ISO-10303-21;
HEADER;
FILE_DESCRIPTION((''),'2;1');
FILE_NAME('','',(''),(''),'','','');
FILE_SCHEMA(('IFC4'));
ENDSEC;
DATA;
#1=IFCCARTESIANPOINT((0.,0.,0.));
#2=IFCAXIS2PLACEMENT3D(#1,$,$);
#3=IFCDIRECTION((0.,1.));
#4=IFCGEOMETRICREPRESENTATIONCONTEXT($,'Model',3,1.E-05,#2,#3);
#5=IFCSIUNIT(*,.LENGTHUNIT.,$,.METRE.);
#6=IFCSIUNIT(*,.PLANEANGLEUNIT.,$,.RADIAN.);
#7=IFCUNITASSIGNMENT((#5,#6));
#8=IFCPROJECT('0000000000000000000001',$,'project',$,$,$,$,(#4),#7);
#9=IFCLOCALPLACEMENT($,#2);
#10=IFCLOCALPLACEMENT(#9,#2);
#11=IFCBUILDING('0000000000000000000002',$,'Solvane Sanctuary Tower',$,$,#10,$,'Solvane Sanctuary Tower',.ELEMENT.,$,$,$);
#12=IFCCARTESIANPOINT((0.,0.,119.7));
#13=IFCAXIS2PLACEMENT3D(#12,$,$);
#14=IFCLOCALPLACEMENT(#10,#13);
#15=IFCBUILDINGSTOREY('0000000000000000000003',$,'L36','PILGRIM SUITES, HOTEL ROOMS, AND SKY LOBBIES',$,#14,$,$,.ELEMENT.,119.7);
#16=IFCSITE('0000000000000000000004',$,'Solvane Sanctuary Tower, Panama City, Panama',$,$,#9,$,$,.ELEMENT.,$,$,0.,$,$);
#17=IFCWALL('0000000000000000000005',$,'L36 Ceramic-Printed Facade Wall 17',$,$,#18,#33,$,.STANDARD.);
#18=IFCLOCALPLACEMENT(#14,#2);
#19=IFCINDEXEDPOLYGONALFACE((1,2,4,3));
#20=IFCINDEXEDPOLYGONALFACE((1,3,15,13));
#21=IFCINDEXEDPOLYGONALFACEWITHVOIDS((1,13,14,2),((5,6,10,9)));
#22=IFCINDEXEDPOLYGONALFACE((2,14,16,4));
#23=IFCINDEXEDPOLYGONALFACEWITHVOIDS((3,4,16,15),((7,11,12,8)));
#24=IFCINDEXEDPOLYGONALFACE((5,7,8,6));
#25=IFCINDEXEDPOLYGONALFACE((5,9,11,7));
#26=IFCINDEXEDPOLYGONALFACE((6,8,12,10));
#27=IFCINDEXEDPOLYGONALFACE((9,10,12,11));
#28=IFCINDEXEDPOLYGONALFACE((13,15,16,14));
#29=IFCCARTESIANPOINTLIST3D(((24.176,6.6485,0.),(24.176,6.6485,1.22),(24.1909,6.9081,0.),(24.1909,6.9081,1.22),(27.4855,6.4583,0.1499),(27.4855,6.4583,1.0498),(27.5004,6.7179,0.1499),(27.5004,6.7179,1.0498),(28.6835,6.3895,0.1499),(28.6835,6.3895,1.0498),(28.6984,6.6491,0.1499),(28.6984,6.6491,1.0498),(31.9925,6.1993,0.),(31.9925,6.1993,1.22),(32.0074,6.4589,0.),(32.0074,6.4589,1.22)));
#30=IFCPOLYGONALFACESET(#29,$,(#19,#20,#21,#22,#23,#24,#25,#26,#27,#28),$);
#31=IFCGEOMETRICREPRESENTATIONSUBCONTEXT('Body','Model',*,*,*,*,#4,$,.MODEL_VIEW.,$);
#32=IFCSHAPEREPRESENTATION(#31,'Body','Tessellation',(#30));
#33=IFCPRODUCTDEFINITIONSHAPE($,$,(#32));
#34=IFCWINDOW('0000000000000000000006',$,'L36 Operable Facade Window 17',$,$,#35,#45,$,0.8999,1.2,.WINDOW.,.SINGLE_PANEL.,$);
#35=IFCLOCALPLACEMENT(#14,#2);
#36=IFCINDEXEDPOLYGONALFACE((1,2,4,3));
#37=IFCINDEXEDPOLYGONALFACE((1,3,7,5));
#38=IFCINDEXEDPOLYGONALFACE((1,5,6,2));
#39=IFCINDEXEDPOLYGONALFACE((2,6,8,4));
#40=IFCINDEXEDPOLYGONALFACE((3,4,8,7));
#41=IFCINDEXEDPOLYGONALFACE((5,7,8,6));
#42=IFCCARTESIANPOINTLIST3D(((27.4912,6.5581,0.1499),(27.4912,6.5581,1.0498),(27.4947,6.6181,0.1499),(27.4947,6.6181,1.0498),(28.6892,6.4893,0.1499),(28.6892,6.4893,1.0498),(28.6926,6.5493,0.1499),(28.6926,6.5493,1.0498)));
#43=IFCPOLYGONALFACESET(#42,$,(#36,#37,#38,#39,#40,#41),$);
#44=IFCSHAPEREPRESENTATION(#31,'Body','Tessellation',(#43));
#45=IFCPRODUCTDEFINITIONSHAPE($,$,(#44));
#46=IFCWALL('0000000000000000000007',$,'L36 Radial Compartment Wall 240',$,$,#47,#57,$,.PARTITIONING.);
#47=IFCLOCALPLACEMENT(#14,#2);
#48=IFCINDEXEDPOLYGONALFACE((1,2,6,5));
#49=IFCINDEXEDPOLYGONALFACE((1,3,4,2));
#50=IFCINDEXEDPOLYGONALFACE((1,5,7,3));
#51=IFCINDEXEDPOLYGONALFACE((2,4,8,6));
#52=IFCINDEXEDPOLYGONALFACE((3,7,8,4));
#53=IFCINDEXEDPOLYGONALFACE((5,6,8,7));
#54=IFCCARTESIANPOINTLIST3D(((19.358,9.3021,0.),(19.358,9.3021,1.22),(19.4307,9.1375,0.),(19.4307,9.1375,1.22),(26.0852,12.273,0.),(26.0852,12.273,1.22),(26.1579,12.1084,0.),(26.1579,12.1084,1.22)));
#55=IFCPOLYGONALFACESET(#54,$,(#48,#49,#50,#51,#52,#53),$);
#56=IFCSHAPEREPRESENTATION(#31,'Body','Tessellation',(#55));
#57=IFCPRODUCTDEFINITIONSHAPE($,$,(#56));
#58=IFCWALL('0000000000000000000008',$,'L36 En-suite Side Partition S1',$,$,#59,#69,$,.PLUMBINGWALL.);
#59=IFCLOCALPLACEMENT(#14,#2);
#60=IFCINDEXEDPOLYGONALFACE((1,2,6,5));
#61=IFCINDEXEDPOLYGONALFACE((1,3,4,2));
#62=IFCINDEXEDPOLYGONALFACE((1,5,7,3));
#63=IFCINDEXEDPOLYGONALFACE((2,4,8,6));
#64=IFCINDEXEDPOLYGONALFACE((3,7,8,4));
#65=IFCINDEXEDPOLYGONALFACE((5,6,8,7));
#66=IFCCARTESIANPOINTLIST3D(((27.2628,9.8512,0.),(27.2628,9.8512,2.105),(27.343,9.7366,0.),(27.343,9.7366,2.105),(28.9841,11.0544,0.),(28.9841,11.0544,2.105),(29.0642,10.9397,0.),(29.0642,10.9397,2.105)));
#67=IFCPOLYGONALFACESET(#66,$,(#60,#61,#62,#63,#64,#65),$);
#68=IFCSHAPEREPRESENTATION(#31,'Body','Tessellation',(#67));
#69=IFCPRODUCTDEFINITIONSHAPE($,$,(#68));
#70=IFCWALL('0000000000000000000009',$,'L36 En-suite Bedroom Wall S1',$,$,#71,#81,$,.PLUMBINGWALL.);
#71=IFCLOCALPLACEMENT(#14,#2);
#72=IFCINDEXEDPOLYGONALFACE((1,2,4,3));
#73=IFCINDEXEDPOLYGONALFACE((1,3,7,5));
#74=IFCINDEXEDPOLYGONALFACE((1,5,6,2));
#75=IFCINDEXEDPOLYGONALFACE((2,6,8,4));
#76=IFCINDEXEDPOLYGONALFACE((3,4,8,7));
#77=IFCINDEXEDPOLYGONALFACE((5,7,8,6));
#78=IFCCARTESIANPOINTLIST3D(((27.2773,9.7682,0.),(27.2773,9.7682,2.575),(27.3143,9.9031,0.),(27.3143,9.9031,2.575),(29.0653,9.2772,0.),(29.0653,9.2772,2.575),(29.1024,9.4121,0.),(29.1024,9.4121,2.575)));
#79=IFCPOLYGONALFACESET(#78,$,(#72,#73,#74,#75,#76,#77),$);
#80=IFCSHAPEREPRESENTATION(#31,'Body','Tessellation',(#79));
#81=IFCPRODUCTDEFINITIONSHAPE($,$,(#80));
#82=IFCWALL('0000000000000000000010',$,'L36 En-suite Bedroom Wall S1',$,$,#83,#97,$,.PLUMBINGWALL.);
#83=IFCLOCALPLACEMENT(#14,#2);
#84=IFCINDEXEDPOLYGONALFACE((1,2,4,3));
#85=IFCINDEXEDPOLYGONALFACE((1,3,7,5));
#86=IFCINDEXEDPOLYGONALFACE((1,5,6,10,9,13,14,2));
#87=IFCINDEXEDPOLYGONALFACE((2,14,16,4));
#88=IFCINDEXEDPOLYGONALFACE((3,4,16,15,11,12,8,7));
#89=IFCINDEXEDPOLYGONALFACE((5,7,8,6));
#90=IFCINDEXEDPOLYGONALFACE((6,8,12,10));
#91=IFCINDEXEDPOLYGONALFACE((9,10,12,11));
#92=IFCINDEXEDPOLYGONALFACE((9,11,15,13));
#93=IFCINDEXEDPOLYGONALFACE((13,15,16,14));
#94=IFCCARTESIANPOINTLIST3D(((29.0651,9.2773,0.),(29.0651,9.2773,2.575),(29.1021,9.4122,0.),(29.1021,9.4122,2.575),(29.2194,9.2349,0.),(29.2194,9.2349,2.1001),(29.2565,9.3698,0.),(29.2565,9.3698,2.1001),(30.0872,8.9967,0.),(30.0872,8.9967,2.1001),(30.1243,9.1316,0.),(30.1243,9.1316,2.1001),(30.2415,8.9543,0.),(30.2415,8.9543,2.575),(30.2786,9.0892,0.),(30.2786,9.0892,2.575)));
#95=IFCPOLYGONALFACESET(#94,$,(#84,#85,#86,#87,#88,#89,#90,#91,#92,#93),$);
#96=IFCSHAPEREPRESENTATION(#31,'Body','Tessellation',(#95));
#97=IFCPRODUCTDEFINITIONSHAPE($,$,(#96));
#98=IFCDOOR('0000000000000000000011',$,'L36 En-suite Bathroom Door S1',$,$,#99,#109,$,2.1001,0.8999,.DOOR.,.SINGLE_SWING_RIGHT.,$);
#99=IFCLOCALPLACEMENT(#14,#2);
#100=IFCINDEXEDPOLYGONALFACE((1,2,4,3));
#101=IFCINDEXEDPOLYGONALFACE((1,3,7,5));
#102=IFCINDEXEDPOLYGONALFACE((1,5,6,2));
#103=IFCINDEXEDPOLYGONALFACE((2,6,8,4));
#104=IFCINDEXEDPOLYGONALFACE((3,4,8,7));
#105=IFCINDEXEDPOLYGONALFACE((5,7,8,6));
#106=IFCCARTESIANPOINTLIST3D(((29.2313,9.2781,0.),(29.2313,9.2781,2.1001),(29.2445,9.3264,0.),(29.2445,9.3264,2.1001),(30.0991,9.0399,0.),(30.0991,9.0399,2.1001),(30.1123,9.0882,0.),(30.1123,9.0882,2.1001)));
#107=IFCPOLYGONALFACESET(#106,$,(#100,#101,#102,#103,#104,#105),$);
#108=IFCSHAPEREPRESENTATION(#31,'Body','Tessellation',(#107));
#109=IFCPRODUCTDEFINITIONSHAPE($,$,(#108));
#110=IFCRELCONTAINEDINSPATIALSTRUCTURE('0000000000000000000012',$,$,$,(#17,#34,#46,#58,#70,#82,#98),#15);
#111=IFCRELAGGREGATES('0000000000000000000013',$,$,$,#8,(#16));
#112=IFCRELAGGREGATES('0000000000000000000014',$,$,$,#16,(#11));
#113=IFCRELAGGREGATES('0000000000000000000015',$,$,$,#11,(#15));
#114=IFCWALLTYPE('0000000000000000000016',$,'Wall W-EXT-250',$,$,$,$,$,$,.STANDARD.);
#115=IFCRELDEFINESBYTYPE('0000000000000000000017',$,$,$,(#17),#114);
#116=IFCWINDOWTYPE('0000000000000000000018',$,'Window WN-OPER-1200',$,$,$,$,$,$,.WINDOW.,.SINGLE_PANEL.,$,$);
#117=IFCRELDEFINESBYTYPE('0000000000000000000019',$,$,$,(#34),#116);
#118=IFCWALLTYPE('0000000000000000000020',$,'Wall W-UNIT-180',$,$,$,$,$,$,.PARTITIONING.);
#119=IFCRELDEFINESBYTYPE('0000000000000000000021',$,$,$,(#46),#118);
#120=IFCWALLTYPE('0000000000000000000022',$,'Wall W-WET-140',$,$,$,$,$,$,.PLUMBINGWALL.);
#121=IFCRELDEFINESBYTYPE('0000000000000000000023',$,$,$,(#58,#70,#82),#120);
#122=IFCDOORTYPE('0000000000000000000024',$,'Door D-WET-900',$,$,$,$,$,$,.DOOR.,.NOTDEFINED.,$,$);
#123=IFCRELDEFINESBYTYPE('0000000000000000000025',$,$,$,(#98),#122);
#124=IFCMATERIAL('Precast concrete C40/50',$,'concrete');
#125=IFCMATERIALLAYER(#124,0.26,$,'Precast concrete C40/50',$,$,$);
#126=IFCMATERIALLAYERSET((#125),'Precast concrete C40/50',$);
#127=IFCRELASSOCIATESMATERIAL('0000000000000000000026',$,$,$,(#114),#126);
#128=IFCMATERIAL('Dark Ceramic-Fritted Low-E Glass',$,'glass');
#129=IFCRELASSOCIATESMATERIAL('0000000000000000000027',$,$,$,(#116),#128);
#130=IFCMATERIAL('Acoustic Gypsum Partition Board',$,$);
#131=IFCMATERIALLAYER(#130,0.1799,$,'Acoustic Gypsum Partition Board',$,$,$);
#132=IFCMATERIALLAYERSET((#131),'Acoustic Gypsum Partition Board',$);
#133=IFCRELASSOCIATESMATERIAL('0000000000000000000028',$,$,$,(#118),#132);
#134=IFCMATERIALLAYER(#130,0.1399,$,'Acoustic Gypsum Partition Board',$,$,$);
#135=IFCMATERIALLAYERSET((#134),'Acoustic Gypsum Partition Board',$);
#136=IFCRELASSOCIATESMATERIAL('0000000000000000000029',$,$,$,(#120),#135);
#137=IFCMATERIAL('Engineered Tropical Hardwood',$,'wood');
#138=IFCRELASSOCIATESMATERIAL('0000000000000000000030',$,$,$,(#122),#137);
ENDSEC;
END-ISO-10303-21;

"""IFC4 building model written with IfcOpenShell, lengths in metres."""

from ifc_helpers import new_model, si_unit, direction, frame, frame_2d, origin, place, context, subcontext, project, spatial, rectangle, extrude, material, layer, layer_set, type_object, element, fill, save


model = new_model("IFC4")

# Units and contexts
model_context = context("Model", 3, precision=1e-05, world=origin(), true_north=direction((0.0, 1.0)))
body_context = subcontext(model_context, "Body", "Model", "MODEL_VIEW")
ifc_project = project(units=[si_unit("LENGTHUNIT", "METRE"), si_unit("PLANEANGLEUNIT", "RADIAN")], contexts=[model_context])

# Site, building, storey
site_placement = place(None, origin())
site = spatial("IfcSite", under=ifc_project, at=site_placement, Name="Solvane Sanctuary Tower, Panama City, Panama", CompositionType="ELEMENT", RefElevation=0.0)
building_placement = place(site_placement, origin())
building = spatial("IfcBuilding", under=site, at=building_placement, Name="Solvane Sanctuary Tower", LongName="Solvane Sanctuary Tower", CompositionType="ELEMENT")
storey_placement = place(building_placement, frame((0.0, 0.0, 119.7)))
storey = spatial("IfcBuildingStorey", under=building, at=storey_placement, Name="L36", Description="PILGRIM SUITES, HOTEL ROOMS, AND SKY LOBBIES", CompositionType="ELEMENT", Elevation=119.7)

# Shared definitions
ifc_material_1 = material(Name="Dark Ceramic-Fritted Low-E Glass", Category="glass")

# Shared definitions
ifc_material_2 = material(Name="Acoustic Gypsum Partition Board")

# Shared definitions
ifc_material_3 = material(Name="Engineered Tropical Hardwood", Category="wood")

# Wall, opening, window
ifc_material_4 = material(Name="Precast concrete C40/50", Category="concrete")
ifc_layer_1 = layer(ifc_material_4, 0.26, Name="Precast concrete C40/50")
ifc_layer_set_1 = layer_set([ifc_layer_1], Name="Precast concrete C40/50")
wall_type_1 = type_object("IfcWallType", Name="Wall W-EXT-250", PredefinedType="STANDARD", material=ifc_layer_set_1)
wall_1_placement = place(storey_placement, frame((24.1836, 6.7783, 0.0), z_axis=(0.0, 0.0, 1.0), x_axis=(0.998353, -0.057377, 0.0)))
wall_1 = element("IfcWall", 1, at=wall_1_placement, inside=storey, type_object=wall_type_1, Name="L36 Ceramic-Printed Facade Wall 17", PredefinedType="STANDARD", context=body_context, shape_type="SweptSolid", body=[
    extrude(rectangle(XDim=7.8293, YDim=0.26, at=frame_2d((3.9146, 0.0))), origin(), (0.0, 0.0, 1.0), 1.22),
])
opening_1_placement = place(wall_1_placement, frame((3.3147, 0.0, 0.1499)))
opening_1 = element("IfcOpeningElement", 2, at=opening_1_placement, cuts=wall_1, PredefinedType="OPENING", context=body_context, shape_type="SweptSolid", body=[
    extrude(rectangle(XDim=1.2, YDim=0.8999, at=frame_2d((0.6001, 0.45))), frame((0.0, 0.1399, 0.0), z_axis=(0.0, -1.0, 0.0), x_axis=(1.0, 0.0, 0.0)), (0.0, 0.0, 1.0), 0.28),
])
window_type = type_object("IfcWindowType", Name="Window WN-OPER-1200", PartitioningType="SINGLE_PANEL", PredefinedType="WINDOW", material=ifc_material_1)
window_placement = place(opening_1_placement, origin())
window = element("IfcWindow", 3, at=window_placement, inside=storey, type_object=window_type, Name="L36 Operable Facade Window 17", OverallHeight=0.8999, OverallWidth=1.2, PartitioningType="SINGLE_PANEL", PredefinedType="WINDOW", context=body_context, shape_type="SweptSolid", body=[
    extrude(rectangle(XDim=1.2, YDim=0.8999, at=frame_2d((0.6001, 0.45))), frame((0.0, 0.03, 0.0), z_axis=(0.0, -1.0, 0.0), x_axis=(1.0, 0.0, 0.0)), (0.0, 0.0, 1.0), 0.0601),
])
fill(opening_1, window)

# Walls
ifc_layer_2 = layer(ifc_material_2, 0.1799, Name="Acoustic Gypsum Partition Board")
ifc_layer_set_2 = layer_set([ifc_layer_2], Name="Acoustic Gypsum Partition Board")
wall_type_2 = type_object("IfcWallType", Name="Wall W-UNIT-180", PredefinedType="PARTITIONING", material=ifc_layer_set_2)
wall_2_placement = place(storey_placement, frame((26.1216, 12.1907, 0.0), z_axis=(0.0, 0.0, 1.0), x_axis=(-0.914766, -0.403984, 0.0)))
element("IfcWall", 4, at=wall_2_placement, inside=storey, type_object=wall_type_2, Name="L36 Radial Compartment Wall 240", PredefinedType="PARTITIONING", context=body_context, shape_type="SweptSolid", body=[
    extrude(rectangle(XDim=7.354, YDim=0.1799, at=frame_2d((3.677, 0.0))), origin(), (0.0, 0.0, 1.0), 1.22),
])
ifc_layer_3 = layer(ifc_material_2, 0.1399, Name="Acoustic Gypsum Partition Board")
ifc_layer_set_3 = layer_set([ifc_layer_3], Name="Acoustic Gypsum Partition Board")
wall_type_3 = type_object("IfcWallType", Name="Wall W-WET-140", PredefinedType="PLUMBINGWALL", material=ifc_layer_set_3)
wall_3_placement = place(storey_placement, frame((29.0242, 10.9971, 0.0), z_axis=(0.0, 0.0, 1.0), x_axis=(-0.819614, -0.572916, 0.0)))
element("IfcWall", 5, at=wall_3_placement, inside=storey, type_object=wall_type_3, Name="L36 En-suite Side Partition S1", PredefinedType="PLUMBINGWALL", context=body_context, shape_type="SweptSolid", body=[
    extrude(rectangle(XDim=2.1001, YDim=0.1399, at=frame_2d((1.05, 0.0))), origin(), (0.0, 0.0, 1.0), 2.105),
])
wall_4_placement = place(storey_placement, frame((27.2957, 9.8357, 0.0), z_axis=(0.0, 0.0, 1.0), x_axis=(0.96431, -0.264777, 0.0)))
element("IfcWall", 6, at=wall_4_placement, inside=storey, type_object=wall_type_3, Name="L36 En-suite Bedroom Wall S1", PredefinedType="PLUMBINGWALL", context=body_context, shape_type="SweptSolid", body=[
    extrude(rectangle(XDim=1.8542, YDim=0.1399, at=frame_2d((0.9272, 0.0))), origin(), (0.0, 0.0, 1.0), 2.575),
])

# Wall, opening, door
wall_5_placement = place(storey_placement, frame((29.0837, 9.3447, 0.0), z_axis=(0.0, 0.0, 1.0), x_axis=(0.964319, -0.264743, 0.0)))
wall_5 = element("IfcWall", 7, at=wall_5_placement, inside=storey, type_object=wall_type_3, Name="L36 En-suite Bedroom Wall S1", PredefinedType="PLUMBINGWALL", context=body_context, shape_type="SweptSolid", body=[
    extrude(rectangle(XDim=1.22, YDim=0.1399, at=frame_2d((0.6099, 0.0))), origin(), (0.0, 0.0, 1.0), 2.575),
])
opening_2_placement = place(wall_5_placement, frame((0.1599, 0.0, 0.0)))
opening_2 = element("IfcOpeningElement", 8, at=opening_2_placement, cuts=wall_5, PredefinedType="OPENING", context=body_context, shape_type="SweptSolid", body=[
    extrude(rectangle(XDim=0.8999, YDim=2.1001, at=frame_2d((0.45, 1.05))), frame((0.0, 0.0798, 0.0), z_axis=(0.0, -1.0, 0.0), x_axis=(1.0, 0.0, 0.0)), (0.0, 0.0, 1.0), 0.1599),
])
door_type_1 = type_object("IfcDoorType", Name="Door D-WET-900", OperationType="NOTDEFINED", PredefinedType="DOOR", material=ifc_material_3)
door_1_placement = place(opening_2_placement, origin())
door_1 = element("IfcDoor", 9, at=door_1_placement, inside=storey, type_object=door_type_1, Name="L36 En-suite Bathroom Door S1", OperationType="SINGLE_SWING_RIGHT", OverallHeight=2.1001, OverallWidth=0.8999, PredefinedType="DOOR", context=body_context, shape_type="SweptSolid", body=[
    extrude(rectangle(XDim=0.8999, YDim=2.1001, at=frame_2d((0.45, 1.05))), frame((0.0, 0.0249, 0.0), z_axis=(0.0, -1.0, 0.0), x_axis=(1.0, 0.0, 0.0)), (0.0, 0.0, 1.0), 0.05),
])
fill(opening_2, door_1)

save(model, "model.ifc")
